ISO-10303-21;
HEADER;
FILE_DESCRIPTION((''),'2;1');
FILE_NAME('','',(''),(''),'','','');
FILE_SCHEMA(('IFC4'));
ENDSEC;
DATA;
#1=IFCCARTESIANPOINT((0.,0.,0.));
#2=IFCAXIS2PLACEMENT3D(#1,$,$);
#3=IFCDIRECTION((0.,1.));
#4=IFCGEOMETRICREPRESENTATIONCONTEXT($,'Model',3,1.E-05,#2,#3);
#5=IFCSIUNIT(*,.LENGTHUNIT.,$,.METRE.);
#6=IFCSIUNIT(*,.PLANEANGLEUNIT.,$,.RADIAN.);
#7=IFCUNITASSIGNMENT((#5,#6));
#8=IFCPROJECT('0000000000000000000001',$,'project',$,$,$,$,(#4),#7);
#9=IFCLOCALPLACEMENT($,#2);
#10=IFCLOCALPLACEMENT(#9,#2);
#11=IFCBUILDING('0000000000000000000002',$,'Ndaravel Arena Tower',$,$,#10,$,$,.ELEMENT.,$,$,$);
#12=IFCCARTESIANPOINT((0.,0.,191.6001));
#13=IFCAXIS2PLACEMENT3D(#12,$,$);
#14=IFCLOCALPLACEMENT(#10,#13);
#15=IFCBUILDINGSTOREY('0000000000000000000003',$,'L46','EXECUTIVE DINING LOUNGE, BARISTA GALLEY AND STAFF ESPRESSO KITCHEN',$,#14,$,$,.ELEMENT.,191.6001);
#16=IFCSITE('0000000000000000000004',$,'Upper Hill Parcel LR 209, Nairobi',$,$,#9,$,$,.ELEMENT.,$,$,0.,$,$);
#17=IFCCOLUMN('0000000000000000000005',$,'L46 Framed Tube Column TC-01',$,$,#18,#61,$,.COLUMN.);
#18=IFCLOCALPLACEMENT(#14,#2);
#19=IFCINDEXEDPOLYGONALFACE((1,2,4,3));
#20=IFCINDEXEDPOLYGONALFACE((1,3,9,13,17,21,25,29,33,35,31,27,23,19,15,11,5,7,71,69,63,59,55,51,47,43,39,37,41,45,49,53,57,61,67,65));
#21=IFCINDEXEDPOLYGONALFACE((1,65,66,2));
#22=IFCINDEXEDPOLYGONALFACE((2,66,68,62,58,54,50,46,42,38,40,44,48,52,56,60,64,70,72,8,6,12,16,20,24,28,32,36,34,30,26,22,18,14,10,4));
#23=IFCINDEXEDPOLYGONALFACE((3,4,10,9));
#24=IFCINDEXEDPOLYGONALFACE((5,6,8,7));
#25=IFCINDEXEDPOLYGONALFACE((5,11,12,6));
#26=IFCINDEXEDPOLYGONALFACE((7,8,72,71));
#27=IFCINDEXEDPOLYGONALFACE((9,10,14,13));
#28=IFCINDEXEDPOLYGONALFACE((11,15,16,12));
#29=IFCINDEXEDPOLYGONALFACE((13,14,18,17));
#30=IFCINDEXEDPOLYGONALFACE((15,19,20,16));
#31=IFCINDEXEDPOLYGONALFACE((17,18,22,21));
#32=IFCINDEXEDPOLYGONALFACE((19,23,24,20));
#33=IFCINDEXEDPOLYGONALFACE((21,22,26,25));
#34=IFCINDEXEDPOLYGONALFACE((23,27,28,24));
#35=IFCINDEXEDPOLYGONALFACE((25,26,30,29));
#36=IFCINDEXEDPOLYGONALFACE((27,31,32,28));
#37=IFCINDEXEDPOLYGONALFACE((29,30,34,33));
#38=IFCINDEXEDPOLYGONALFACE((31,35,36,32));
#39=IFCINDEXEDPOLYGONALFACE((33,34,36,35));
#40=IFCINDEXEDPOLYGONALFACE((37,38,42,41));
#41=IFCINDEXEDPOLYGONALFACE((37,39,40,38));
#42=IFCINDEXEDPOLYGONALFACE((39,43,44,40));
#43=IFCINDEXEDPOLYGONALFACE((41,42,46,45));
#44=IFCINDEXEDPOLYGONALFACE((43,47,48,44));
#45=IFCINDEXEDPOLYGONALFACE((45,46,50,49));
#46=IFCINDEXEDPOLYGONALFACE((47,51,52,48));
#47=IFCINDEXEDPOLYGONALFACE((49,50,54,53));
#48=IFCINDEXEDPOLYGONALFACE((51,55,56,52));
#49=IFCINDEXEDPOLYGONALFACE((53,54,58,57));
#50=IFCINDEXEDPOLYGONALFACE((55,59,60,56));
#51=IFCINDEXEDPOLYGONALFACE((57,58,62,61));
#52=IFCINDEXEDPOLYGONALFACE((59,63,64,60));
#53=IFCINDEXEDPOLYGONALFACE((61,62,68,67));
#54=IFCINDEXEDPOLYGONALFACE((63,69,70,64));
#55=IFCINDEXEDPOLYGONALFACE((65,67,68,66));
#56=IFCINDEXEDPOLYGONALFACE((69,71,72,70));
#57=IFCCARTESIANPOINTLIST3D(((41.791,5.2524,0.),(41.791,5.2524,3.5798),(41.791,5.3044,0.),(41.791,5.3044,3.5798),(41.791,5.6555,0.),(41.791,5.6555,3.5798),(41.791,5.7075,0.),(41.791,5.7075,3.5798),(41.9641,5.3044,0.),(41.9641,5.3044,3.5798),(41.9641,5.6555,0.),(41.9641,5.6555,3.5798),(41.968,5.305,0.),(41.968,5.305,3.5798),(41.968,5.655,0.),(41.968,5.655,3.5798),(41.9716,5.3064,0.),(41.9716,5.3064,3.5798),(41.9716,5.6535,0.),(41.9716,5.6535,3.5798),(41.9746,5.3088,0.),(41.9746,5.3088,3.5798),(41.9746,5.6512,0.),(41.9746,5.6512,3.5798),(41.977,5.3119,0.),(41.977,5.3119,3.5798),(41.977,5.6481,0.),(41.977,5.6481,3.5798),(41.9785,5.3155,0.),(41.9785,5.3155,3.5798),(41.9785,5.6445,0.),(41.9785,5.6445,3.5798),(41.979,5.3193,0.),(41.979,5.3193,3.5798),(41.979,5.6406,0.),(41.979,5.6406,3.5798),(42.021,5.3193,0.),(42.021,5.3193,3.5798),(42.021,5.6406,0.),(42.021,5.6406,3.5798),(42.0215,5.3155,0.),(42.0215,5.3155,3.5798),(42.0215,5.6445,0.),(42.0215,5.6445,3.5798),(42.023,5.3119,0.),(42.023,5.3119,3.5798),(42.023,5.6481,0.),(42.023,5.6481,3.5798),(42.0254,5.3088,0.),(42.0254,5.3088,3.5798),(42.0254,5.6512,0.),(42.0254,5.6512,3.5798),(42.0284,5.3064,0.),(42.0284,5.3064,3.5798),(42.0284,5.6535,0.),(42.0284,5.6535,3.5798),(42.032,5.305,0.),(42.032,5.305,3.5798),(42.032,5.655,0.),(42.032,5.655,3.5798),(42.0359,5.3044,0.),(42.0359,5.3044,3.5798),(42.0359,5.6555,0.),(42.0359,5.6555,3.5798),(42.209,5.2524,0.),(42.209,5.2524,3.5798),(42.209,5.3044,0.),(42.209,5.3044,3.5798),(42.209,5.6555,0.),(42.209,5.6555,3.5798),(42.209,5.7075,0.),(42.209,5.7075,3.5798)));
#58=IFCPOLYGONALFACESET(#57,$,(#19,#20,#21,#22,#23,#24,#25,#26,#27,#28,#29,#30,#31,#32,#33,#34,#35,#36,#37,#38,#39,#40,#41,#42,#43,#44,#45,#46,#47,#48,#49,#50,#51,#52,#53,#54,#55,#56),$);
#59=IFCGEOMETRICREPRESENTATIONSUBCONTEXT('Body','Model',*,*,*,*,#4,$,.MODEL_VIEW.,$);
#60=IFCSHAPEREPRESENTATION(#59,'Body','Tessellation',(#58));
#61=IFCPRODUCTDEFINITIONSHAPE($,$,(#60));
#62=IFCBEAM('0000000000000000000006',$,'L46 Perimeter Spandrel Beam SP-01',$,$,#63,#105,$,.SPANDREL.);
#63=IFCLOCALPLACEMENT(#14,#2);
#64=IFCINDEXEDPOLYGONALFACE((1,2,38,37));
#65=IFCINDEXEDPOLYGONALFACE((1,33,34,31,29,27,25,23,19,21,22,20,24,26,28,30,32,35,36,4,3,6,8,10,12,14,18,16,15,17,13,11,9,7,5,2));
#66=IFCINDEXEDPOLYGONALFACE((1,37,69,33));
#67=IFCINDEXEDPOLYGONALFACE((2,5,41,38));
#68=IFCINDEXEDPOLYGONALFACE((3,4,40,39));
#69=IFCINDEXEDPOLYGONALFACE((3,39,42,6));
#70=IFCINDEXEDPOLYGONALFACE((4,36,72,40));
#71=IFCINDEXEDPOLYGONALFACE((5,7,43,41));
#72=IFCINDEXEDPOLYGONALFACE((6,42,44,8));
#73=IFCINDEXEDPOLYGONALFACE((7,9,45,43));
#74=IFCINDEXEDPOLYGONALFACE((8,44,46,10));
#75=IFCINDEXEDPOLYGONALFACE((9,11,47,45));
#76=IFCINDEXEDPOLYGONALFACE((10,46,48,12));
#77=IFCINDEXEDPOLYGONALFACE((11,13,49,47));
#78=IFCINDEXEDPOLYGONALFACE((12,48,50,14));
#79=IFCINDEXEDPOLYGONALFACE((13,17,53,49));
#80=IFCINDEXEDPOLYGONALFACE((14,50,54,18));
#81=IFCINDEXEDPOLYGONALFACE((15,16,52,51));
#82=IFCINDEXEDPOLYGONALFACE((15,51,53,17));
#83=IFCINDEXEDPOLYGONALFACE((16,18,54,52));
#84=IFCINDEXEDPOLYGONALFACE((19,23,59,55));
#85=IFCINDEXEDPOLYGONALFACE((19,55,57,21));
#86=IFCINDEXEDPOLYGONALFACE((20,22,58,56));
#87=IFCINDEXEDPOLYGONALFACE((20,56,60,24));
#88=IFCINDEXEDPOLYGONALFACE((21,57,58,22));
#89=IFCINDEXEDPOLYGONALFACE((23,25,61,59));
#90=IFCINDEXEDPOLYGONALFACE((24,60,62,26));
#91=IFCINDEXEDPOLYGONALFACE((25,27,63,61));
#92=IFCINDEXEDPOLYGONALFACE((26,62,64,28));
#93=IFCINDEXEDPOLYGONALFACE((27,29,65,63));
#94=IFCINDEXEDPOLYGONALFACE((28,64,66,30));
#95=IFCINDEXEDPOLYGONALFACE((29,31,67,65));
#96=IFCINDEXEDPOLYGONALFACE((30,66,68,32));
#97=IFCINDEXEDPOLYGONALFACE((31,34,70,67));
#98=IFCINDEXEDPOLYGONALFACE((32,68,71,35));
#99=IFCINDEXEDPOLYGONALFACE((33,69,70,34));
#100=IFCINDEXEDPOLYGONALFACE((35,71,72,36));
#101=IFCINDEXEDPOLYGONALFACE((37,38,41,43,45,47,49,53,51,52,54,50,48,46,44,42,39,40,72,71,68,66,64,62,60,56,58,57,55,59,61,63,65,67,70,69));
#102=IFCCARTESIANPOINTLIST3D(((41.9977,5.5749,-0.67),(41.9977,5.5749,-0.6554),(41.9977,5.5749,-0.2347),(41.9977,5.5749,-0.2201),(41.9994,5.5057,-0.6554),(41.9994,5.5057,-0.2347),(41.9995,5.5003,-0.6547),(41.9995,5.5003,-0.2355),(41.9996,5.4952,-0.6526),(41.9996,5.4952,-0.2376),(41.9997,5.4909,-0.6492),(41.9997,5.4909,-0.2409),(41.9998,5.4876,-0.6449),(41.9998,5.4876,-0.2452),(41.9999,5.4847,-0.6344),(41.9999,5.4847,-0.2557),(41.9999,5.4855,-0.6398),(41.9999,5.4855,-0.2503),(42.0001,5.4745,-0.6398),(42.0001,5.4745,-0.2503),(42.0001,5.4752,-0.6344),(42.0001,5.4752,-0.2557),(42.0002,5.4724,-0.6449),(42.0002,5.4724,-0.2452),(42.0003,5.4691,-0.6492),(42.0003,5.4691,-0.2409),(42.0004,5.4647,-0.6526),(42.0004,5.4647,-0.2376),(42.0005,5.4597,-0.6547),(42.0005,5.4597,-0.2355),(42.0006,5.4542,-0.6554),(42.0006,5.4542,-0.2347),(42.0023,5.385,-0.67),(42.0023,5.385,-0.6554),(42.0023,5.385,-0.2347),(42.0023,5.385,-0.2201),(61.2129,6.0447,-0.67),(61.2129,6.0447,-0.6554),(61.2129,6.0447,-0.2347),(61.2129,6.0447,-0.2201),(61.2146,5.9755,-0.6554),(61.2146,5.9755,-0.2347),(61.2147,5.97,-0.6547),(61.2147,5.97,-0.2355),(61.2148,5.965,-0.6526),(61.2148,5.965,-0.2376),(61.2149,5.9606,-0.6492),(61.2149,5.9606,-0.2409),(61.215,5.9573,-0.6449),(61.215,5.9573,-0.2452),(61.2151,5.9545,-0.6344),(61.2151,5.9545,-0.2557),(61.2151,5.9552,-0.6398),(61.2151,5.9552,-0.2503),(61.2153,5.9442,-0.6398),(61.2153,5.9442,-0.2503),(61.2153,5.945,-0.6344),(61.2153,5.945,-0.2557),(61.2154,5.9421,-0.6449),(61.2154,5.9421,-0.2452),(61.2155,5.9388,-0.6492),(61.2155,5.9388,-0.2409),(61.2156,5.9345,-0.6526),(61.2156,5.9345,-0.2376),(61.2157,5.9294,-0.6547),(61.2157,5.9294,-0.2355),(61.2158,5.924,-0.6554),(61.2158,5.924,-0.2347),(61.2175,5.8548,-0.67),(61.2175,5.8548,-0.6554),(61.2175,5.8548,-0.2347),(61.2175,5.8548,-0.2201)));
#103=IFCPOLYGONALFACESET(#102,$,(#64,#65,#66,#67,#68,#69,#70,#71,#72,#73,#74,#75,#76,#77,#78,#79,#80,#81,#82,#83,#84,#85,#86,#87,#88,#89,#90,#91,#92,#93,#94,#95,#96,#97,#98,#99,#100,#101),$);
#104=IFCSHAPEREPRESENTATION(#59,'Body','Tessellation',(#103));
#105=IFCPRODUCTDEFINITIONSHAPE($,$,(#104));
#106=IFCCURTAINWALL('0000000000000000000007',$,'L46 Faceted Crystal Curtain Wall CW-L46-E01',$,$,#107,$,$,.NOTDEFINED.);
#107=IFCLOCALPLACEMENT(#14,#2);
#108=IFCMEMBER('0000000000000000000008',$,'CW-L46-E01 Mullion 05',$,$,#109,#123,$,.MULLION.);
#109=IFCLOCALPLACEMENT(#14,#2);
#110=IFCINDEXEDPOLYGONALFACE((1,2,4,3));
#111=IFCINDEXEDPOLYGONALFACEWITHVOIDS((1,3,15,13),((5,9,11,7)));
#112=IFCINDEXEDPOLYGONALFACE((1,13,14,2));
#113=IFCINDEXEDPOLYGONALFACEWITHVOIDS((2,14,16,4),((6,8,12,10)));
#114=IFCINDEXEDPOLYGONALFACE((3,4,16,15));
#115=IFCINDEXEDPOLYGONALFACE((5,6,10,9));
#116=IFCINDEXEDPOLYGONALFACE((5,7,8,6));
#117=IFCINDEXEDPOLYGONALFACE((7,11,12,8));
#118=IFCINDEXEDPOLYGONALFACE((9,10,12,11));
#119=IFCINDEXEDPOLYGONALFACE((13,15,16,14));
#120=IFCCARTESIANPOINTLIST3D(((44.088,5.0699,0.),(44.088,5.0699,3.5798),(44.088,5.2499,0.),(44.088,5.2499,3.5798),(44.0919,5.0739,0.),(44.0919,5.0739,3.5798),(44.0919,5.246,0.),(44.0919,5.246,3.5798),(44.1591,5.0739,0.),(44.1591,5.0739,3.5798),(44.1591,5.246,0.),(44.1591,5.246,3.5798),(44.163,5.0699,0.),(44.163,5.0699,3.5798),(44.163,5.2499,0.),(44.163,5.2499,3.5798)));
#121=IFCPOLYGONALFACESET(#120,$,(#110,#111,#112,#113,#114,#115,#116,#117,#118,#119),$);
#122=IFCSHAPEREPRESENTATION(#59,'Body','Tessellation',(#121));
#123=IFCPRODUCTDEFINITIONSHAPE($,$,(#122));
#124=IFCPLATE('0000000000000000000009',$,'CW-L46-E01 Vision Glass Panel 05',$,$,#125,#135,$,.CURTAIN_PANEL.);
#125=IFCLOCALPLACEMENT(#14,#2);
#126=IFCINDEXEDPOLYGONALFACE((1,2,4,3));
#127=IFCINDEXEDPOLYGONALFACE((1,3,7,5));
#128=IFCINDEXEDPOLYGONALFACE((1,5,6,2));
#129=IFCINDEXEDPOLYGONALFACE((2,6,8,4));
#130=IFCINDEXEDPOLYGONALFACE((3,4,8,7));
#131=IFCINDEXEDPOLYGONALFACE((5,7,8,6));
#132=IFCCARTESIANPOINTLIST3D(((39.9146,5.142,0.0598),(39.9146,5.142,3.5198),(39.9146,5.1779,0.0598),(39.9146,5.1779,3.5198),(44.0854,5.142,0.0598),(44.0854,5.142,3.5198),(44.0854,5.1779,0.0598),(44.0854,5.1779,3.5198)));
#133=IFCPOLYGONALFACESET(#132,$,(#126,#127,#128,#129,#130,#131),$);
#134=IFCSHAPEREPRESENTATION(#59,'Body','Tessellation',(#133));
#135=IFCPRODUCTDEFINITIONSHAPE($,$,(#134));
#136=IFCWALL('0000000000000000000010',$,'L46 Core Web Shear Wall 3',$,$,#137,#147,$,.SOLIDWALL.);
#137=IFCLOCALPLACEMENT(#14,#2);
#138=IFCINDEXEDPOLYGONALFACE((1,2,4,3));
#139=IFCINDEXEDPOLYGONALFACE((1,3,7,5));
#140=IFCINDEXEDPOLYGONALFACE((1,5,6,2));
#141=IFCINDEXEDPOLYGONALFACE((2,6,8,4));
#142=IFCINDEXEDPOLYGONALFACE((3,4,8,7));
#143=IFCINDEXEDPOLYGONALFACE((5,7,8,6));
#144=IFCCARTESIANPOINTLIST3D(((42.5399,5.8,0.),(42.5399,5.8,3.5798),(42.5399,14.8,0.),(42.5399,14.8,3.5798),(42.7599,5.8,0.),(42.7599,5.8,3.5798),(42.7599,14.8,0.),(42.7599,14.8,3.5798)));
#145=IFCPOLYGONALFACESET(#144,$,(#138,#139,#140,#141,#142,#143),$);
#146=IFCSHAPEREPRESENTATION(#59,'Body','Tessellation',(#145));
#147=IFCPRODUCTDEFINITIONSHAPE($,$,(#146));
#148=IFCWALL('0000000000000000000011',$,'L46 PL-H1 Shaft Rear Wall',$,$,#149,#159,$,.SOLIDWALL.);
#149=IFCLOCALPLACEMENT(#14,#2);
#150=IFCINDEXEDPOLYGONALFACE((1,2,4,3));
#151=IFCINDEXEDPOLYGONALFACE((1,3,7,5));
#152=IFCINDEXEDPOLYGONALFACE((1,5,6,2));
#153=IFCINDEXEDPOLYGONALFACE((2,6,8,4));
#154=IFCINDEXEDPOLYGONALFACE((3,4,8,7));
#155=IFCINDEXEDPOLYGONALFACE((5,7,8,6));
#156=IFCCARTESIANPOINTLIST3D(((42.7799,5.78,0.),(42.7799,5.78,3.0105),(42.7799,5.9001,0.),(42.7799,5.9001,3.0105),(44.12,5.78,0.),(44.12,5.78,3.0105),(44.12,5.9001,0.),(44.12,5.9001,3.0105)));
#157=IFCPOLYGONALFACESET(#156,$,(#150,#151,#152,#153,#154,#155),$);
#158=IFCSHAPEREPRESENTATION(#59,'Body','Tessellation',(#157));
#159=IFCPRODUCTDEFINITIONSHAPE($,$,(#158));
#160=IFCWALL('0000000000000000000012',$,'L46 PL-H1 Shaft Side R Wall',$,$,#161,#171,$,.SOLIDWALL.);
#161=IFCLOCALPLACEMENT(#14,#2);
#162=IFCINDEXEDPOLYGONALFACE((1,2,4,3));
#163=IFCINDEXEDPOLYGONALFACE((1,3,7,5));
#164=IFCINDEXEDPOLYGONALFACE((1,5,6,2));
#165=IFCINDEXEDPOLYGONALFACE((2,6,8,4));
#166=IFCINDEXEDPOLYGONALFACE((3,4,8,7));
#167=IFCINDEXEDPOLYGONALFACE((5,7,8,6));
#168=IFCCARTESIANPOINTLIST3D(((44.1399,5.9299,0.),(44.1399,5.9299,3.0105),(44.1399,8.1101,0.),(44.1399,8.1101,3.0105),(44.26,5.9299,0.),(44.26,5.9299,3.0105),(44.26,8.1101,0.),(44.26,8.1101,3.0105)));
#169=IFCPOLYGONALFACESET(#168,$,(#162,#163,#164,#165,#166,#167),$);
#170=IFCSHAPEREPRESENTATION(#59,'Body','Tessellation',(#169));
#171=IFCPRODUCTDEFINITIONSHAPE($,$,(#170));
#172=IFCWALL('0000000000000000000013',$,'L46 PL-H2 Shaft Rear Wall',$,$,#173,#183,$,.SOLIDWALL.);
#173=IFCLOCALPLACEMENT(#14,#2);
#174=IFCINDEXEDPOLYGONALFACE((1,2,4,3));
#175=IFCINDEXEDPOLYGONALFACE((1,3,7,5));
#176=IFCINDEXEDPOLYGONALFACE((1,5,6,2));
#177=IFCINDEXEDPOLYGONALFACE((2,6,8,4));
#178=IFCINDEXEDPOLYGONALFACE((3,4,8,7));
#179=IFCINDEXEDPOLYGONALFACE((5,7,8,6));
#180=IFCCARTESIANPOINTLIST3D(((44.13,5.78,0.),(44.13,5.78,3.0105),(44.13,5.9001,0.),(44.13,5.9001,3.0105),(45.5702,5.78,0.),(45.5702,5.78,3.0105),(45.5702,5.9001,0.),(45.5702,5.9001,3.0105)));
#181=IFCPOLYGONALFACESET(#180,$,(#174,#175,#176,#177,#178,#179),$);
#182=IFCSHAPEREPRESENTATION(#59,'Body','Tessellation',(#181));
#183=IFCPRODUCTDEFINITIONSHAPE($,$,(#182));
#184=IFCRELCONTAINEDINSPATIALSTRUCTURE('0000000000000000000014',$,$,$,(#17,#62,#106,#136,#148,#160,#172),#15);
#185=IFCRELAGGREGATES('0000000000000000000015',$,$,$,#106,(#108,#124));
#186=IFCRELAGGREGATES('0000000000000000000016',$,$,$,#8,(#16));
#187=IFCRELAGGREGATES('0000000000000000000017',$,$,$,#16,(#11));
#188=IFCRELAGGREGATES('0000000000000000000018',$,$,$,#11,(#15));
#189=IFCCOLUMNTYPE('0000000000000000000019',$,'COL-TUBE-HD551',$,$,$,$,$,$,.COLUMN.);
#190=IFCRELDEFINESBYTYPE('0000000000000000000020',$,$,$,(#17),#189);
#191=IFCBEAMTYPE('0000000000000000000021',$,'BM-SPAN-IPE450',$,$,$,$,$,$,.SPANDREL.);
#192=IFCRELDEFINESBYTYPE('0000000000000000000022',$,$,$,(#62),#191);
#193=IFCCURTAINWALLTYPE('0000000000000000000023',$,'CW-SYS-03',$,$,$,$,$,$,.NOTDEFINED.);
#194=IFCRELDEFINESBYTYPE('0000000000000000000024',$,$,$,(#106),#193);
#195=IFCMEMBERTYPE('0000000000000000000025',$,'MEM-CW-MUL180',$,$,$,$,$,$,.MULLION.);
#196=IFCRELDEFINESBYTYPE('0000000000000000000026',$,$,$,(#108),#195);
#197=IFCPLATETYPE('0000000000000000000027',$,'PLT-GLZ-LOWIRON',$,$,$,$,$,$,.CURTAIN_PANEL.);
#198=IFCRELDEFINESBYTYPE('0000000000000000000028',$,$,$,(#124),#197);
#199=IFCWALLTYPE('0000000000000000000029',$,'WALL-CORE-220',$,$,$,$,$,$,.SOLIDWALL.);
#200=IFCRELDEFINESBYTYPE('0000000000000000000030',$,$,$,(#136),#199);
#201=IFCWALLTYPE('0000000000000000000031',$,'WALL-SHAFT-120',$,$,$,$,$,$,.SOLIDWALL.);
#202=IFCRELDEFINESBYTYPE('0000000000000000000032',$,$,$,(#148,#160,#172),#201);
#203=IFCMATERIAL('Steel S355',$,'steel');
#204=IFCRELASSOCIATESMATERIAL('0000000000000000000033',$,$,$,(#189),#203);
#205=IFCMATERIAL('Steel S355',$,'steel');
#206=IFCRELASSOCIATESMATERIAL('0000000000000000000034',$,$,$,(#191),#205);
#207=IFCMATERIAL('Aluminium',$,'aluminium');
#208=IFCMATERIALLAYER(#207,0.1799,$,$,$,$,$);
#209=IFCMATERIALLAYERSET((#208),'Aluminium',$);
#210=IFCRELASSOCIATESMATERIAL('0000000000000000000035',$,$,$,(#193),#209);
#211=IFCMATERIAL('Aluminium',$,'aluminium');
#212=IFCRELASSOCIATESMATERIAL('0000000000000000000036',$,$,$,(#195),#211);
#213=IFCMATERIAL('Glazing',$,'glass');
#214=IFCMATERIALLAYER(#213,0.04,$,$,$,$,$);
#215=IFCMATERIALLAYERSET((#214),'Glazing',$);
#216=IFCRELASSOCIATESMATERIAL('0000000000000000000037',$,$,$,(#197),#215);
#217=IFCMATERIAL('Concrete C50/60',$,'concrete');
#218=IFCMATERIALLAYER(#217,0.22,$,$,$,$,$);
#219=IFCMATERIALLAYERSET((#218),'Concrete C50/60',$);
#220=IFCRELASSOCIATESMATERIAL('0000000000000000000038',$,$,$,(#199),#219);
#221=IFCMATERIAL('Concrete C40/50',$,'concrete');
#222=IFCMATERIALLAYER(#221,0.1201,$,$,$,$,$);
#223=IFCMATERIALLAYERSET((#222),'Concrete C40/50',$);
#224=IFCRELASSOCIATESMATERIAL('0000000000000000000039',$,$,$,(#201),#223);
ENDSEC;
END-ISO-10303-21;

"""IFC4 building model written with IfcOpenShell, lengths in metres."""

from ifc_helpers import new_model, si_unit, direction, frame, frame_2d, origin, origin_2d, place, context, subcontext, project, spatial, rectangle, hollow_rectangle, i_section, extrude, material, layer, layer_set, material_profile, profile_set, type_object, element, aggregate, save


model = new_model("IFC4")

# Units and contexts
model_context = context("Model", 3, precision=1e-05, world=origin(), true_north=direction((0.0, 1.0)))
body_context = subcontext(model_context, "Body", "Model", "MODEL_VIEW")
ifc_project = project(units=[si_unit("LENGTHUNIT", "METRE"), si_unit("PLANEANGLEUNIT", "RADIAN")], contexts=[model_context])

# Site, building, storey
site_placement = place(None, origin())
site = spatial("IfcSite", under=ifc_project, at=site_placement, Name="Upper Hill Parcel LR 209, Nairobi", CompositionType="ELEMENT", RefElevation=0.0)
building_placement = place(site_placement, origin())
building = spatial("IfcBuilding", under=site, at=building_placement, Name="Ndaravel Arena Tower", CompositionType="ELEMENT")
storey_placement = place(building_placement, frame((0.0, 0.0, 191.6001)))
storey = spatial("IfcBuildingStorey", under=building, at=storey_placement, Name="L46", Description="EXECUTIVE DINING LOUNGE, BARISTA GALLEY AND STAFF ESPRESSO KITCHEN", CompositionType="ELEMENT", Elevation=191.6001)

# Column
ifc_material_1 = material(Name="Steel S355", Category="steel")
ifc_material_profile_1 = material_profile(ifc_material_1, i_section(OverallWidth=0.418, OverallDepth=0.4551, WebThickness=0.042, FlangeThickness=0.052, FilletRadius=0.0149, at=origin_2d()), Name="HD 400x551")
ifc_profile_set_1 = profile_set([ifc_material_profile_1], Name="Steel S355")
column_type = type_object("IfcColumnType", Name="COL-TUBE-HD551", PredefinedType="COLUMN", material=ifc_profile_set_1)
column_placement = place(storey_placement, frame((42.0, 5.48, 0.0), z_axis=(0.0, 0.0, 1.0), x_axis=(1.0, 0.0, 0.0)))
element("IfcColumn", 1, at=column_placement, inside=storey, type_object=column_type, Name="L46 Framed Tube Column TC-01", PredefinedType="COLUMN", context=body_context, shape_type="SweptSolid", body=[
    extrude(i_section(OverallWidth=0.418, OverallDepth=0.4551, WebThickness=0.042, FlangeThickness=0.052, FilletRadius=0.0149, at=origin_2d()), origin(), (0.0, 0.0, 1.0), 3.5798),
])

# Beam
ifc_material_2 = material(Name="Steel S355", Category="steel")
ifc_material_profile_2 = material_profile(ifc_material_2, i_section(OverallWidth=0.1899, OverallDepth=0.45, WebThickness=0.0095, FlangeThickness=0.0146, FilletRadius=0.021, at=origin_2d()), Name="IPE 450")
ifc_profile_set_2 = profile_set([ifc_material_profile_2], Name="Steel S355")
beam_type = type_object("IfcBeamType", Name="BM-SPAN-IPE450", PredefinedType="SPANDREL", material=ifc_profile_set_2)
beam_placement = place(storey_placement, frame((42.0, 5.48, -0.4451), z_axis=(0.999701, 0.024438, 0.0), x_axis=(-0.024438, 0.999701, 0.0)))
element("IfcBeam", 2, at=beam_placement, inside=storey, type_object=beam_type, Name="L46 Perimeter Spandrel Beam SP-01", PredefinedType="SPANDREL", context=body_context, shape_type="SweptSolid", body=[
    extrude(i_section(OverallWidth=0.1899, OverallDepth=0.45, WebThickness=0.0095, FlangeThickness=0.0146, FilletRadius=0.021, at=origin_2d()), origin(), (0.0, 0.0, 1.0), 19.2209),
])

# Curtain wall, member, plate
ifc_material_3 = material(Name="Aluminium", Category="aluminium")
ifc_layer_1 = layer(ifc_material_3, 0.1799)
ifc_layer_set_1 = layer_set([ifc_layer_1], Name="Aluminium")
curtain_wall_type = type_object("IfcCurtainWallType", Name="CW-SYS-03", PredefinedType="NOTDEFINED", material=ifc_layer_set_1)
curtain_wall_placement = place(storey_placement, origin())
curtain_wall = element("IfcCurtainWall", 3, at=curtain_wall_placement, inside=storey, type_object=curtain_wall_type, Name="L46 Faceted Crystal Curtain Wall CW-L46-E01", PredefinedType="NOTDEFINED")
ifc_material_4 = material(Name="Aluminium", Category="aluminium")
ifc_material_profile_3 = material_profile(ifc_material_4, hollow_rectangle(XDim=0.075, YDim=0.1799, WallThickness=0.0039, at=origin_2d()), Name="CW MULLION 75x180x4")
ifc_profile_set_3 = profile_set([ifc_material_profile_3], Name="Aluminium")
member_type = type_object("IfcMemberType", Name="MEM-CW-MUL180", PredefinedType="MULLION", material=ifc_profile_set_3)
member_placement = place(storey_placement, frame((44.1255, 5.1599, 0.0), z_axis=(0.0, 0.0, 1.0), x_axis=(1.0, 0.0, 0.0)))
member = element("IfcMember", 4, at=member_placement, type_object=member_type, Name="CW-L46-E01 Mullion 05", PredefinedType="MULLION", context=body_context, shape_type="SweptSolid", body=[
    extrude(hollow_rectangle(XDim=0.075, YDim=0.1799, WallThickness=0.0039, at=origin_2d()), origin(), (0.0, 0.0, 1.0), 3.5798),
])
ifc_material_5 = material(Name="Glazing", Category="glass")
ifc_layer_2 = layer(ifc_material_5, 0.04)
ifc_layer_set_2 = layer_set([ifc_layer_2], Name="Glazing")
plate_type = type_object("IfcPlateType", Name="PLT-GLZ-LOWIRON", PredefinedType="CURTAIN_PANEL", material=ifc_layer_set_2)
plate_placement = place(storey_placement, frame((42.0, 5.1599, 0.0598), z_axis=(0.0, 0.0, 1.0), x_axis=(1.0, 0.0, 0.0)))
plate = element("IfcPlate", 5, at=plate_placement, type_object=plate_type, Name="CW-L46-E01 Vision Glass Panel 05", PredefinedType="CURTAIN_PANEL", context=body_context, shape_type="SweptSolid", body=[
    extrude(rectangle(XDim=4.1709, YDim=0.0359, at=origin_2d()), origin(), (0.0, 0.0, 1.0), 3.46),
])
aggregate(curtain_wall, [member, plate])

# Walls
ifc_material_6 = material(Name="Concrete C50/60", Category="concrete")
ifc_layer_3 = layer(ifc_material_6, 0.22)
ifc_layer_set_3 = layer_set([ifc_layer_3], Name="Concrete C50/60")
wall_type_1 = type_object("IfcWallType", Name="WALL-CORE-220", PredefinedType="SOLIDWALL", material=ifc_layer_set_3)
wall_1_placement = place(storey_placement, frame((42.6499, 5.8, 0.0), z_axis=(0.0, 0.0, 1.0), x_axis=(0.0, 1.0, 0.0)))
element("IfcWall", 6, at=wall_1_placement, inside=storey, type_object=wall_type_1, Name="L46 Core Web Shear Wall 3", PredefinedType="SOLIDWALL", context=body_context, shape_type="SweptSolid", body=[
    extrude(rectangle(XDim=9.0, YDim=0.22, at=frame_2d((4.5, 0.0))), origin(), (0.0, 0.0, 1.0), 3.5798),
])
ifc_material_7 = material(Name="Concrete C40/50", Category="concrete")
ifc_layer_4 = layer(ifc_material_7, 0.1201)
ifc_layer_set_4 = layer_set([ifc_layer_4], Name="Concrete C40/50")
wall_type_2 = type_object("IfcWallType", Name="WALL-SHAFT-120", PredefinedType="SOLIDWALL", material=ifc_layer_set_4)
wall_2_placement = place(storey_placement, frame((42.78, 5.8401, 0.0), z_axis=(0.0, 0.0, 1.0), x_axis=(1.0, 0.0, 0.0)))
element("IfcWall", 7, at=wall_2_placement, inside=storey, type_object=wall_type_2, Name="L46 PL-H1 Shaft Rear Wall", PredefinedType="SOLIDWALL", context=body_context, shape_type="SweptSolid", body=[
    extrude(rectangle(XDim=1.3401, YDim=0.1201, at=frame_2d((0.6699, 0.0))), origin(), (0.0, 0.0, 1.0), 3.0105),
])
wall_3_placement = place(storey_placement, frame((44.2, 5.9299, 0.0), z_axis=(0.0, 0.0, 1.0), x_axis=(0.0, 1.0, 0.0)))
element("IfcWall", 8, at=wall_3_placement, inside=storey, type_object=wall_type_2, Name="L46 PL-H1 Shaft Side R Wall", PredefinedType="SOLIDWALL", context=body_context, shape_type="SweptSolid", body=[
    extrude(rectangle(XDim=2.1802, YDim=0.1201, at=frame_2d((1.0901, 0.0))), origin(), (0.0, 0.0, 1.0), 3.0105),
])
wall_4_placement = place(storey_placement, frame((44.1299, 5.8401, 0.0), z_axis=(0.0, 0.0, 1.0), x_axis=(1.0, 0.0, 0.0)))
element("IfcWall", 9, at=wall_4_placement, inside=storey, type_object=wall_type_2, Name="L46 PL-H2 Shaft Rear Wall", PredefinedType="SOLIDWALL", context=body_context, shape_type="SweptSolid", body=[
    extrude(rectangle(XDim=1.4402, YDim=0.1201, at=frame_2d((0.7202, 0.0))), origin(), (0.0, 0.0, 1.0), 3.0105),
])

save(model, "model.ifc")
